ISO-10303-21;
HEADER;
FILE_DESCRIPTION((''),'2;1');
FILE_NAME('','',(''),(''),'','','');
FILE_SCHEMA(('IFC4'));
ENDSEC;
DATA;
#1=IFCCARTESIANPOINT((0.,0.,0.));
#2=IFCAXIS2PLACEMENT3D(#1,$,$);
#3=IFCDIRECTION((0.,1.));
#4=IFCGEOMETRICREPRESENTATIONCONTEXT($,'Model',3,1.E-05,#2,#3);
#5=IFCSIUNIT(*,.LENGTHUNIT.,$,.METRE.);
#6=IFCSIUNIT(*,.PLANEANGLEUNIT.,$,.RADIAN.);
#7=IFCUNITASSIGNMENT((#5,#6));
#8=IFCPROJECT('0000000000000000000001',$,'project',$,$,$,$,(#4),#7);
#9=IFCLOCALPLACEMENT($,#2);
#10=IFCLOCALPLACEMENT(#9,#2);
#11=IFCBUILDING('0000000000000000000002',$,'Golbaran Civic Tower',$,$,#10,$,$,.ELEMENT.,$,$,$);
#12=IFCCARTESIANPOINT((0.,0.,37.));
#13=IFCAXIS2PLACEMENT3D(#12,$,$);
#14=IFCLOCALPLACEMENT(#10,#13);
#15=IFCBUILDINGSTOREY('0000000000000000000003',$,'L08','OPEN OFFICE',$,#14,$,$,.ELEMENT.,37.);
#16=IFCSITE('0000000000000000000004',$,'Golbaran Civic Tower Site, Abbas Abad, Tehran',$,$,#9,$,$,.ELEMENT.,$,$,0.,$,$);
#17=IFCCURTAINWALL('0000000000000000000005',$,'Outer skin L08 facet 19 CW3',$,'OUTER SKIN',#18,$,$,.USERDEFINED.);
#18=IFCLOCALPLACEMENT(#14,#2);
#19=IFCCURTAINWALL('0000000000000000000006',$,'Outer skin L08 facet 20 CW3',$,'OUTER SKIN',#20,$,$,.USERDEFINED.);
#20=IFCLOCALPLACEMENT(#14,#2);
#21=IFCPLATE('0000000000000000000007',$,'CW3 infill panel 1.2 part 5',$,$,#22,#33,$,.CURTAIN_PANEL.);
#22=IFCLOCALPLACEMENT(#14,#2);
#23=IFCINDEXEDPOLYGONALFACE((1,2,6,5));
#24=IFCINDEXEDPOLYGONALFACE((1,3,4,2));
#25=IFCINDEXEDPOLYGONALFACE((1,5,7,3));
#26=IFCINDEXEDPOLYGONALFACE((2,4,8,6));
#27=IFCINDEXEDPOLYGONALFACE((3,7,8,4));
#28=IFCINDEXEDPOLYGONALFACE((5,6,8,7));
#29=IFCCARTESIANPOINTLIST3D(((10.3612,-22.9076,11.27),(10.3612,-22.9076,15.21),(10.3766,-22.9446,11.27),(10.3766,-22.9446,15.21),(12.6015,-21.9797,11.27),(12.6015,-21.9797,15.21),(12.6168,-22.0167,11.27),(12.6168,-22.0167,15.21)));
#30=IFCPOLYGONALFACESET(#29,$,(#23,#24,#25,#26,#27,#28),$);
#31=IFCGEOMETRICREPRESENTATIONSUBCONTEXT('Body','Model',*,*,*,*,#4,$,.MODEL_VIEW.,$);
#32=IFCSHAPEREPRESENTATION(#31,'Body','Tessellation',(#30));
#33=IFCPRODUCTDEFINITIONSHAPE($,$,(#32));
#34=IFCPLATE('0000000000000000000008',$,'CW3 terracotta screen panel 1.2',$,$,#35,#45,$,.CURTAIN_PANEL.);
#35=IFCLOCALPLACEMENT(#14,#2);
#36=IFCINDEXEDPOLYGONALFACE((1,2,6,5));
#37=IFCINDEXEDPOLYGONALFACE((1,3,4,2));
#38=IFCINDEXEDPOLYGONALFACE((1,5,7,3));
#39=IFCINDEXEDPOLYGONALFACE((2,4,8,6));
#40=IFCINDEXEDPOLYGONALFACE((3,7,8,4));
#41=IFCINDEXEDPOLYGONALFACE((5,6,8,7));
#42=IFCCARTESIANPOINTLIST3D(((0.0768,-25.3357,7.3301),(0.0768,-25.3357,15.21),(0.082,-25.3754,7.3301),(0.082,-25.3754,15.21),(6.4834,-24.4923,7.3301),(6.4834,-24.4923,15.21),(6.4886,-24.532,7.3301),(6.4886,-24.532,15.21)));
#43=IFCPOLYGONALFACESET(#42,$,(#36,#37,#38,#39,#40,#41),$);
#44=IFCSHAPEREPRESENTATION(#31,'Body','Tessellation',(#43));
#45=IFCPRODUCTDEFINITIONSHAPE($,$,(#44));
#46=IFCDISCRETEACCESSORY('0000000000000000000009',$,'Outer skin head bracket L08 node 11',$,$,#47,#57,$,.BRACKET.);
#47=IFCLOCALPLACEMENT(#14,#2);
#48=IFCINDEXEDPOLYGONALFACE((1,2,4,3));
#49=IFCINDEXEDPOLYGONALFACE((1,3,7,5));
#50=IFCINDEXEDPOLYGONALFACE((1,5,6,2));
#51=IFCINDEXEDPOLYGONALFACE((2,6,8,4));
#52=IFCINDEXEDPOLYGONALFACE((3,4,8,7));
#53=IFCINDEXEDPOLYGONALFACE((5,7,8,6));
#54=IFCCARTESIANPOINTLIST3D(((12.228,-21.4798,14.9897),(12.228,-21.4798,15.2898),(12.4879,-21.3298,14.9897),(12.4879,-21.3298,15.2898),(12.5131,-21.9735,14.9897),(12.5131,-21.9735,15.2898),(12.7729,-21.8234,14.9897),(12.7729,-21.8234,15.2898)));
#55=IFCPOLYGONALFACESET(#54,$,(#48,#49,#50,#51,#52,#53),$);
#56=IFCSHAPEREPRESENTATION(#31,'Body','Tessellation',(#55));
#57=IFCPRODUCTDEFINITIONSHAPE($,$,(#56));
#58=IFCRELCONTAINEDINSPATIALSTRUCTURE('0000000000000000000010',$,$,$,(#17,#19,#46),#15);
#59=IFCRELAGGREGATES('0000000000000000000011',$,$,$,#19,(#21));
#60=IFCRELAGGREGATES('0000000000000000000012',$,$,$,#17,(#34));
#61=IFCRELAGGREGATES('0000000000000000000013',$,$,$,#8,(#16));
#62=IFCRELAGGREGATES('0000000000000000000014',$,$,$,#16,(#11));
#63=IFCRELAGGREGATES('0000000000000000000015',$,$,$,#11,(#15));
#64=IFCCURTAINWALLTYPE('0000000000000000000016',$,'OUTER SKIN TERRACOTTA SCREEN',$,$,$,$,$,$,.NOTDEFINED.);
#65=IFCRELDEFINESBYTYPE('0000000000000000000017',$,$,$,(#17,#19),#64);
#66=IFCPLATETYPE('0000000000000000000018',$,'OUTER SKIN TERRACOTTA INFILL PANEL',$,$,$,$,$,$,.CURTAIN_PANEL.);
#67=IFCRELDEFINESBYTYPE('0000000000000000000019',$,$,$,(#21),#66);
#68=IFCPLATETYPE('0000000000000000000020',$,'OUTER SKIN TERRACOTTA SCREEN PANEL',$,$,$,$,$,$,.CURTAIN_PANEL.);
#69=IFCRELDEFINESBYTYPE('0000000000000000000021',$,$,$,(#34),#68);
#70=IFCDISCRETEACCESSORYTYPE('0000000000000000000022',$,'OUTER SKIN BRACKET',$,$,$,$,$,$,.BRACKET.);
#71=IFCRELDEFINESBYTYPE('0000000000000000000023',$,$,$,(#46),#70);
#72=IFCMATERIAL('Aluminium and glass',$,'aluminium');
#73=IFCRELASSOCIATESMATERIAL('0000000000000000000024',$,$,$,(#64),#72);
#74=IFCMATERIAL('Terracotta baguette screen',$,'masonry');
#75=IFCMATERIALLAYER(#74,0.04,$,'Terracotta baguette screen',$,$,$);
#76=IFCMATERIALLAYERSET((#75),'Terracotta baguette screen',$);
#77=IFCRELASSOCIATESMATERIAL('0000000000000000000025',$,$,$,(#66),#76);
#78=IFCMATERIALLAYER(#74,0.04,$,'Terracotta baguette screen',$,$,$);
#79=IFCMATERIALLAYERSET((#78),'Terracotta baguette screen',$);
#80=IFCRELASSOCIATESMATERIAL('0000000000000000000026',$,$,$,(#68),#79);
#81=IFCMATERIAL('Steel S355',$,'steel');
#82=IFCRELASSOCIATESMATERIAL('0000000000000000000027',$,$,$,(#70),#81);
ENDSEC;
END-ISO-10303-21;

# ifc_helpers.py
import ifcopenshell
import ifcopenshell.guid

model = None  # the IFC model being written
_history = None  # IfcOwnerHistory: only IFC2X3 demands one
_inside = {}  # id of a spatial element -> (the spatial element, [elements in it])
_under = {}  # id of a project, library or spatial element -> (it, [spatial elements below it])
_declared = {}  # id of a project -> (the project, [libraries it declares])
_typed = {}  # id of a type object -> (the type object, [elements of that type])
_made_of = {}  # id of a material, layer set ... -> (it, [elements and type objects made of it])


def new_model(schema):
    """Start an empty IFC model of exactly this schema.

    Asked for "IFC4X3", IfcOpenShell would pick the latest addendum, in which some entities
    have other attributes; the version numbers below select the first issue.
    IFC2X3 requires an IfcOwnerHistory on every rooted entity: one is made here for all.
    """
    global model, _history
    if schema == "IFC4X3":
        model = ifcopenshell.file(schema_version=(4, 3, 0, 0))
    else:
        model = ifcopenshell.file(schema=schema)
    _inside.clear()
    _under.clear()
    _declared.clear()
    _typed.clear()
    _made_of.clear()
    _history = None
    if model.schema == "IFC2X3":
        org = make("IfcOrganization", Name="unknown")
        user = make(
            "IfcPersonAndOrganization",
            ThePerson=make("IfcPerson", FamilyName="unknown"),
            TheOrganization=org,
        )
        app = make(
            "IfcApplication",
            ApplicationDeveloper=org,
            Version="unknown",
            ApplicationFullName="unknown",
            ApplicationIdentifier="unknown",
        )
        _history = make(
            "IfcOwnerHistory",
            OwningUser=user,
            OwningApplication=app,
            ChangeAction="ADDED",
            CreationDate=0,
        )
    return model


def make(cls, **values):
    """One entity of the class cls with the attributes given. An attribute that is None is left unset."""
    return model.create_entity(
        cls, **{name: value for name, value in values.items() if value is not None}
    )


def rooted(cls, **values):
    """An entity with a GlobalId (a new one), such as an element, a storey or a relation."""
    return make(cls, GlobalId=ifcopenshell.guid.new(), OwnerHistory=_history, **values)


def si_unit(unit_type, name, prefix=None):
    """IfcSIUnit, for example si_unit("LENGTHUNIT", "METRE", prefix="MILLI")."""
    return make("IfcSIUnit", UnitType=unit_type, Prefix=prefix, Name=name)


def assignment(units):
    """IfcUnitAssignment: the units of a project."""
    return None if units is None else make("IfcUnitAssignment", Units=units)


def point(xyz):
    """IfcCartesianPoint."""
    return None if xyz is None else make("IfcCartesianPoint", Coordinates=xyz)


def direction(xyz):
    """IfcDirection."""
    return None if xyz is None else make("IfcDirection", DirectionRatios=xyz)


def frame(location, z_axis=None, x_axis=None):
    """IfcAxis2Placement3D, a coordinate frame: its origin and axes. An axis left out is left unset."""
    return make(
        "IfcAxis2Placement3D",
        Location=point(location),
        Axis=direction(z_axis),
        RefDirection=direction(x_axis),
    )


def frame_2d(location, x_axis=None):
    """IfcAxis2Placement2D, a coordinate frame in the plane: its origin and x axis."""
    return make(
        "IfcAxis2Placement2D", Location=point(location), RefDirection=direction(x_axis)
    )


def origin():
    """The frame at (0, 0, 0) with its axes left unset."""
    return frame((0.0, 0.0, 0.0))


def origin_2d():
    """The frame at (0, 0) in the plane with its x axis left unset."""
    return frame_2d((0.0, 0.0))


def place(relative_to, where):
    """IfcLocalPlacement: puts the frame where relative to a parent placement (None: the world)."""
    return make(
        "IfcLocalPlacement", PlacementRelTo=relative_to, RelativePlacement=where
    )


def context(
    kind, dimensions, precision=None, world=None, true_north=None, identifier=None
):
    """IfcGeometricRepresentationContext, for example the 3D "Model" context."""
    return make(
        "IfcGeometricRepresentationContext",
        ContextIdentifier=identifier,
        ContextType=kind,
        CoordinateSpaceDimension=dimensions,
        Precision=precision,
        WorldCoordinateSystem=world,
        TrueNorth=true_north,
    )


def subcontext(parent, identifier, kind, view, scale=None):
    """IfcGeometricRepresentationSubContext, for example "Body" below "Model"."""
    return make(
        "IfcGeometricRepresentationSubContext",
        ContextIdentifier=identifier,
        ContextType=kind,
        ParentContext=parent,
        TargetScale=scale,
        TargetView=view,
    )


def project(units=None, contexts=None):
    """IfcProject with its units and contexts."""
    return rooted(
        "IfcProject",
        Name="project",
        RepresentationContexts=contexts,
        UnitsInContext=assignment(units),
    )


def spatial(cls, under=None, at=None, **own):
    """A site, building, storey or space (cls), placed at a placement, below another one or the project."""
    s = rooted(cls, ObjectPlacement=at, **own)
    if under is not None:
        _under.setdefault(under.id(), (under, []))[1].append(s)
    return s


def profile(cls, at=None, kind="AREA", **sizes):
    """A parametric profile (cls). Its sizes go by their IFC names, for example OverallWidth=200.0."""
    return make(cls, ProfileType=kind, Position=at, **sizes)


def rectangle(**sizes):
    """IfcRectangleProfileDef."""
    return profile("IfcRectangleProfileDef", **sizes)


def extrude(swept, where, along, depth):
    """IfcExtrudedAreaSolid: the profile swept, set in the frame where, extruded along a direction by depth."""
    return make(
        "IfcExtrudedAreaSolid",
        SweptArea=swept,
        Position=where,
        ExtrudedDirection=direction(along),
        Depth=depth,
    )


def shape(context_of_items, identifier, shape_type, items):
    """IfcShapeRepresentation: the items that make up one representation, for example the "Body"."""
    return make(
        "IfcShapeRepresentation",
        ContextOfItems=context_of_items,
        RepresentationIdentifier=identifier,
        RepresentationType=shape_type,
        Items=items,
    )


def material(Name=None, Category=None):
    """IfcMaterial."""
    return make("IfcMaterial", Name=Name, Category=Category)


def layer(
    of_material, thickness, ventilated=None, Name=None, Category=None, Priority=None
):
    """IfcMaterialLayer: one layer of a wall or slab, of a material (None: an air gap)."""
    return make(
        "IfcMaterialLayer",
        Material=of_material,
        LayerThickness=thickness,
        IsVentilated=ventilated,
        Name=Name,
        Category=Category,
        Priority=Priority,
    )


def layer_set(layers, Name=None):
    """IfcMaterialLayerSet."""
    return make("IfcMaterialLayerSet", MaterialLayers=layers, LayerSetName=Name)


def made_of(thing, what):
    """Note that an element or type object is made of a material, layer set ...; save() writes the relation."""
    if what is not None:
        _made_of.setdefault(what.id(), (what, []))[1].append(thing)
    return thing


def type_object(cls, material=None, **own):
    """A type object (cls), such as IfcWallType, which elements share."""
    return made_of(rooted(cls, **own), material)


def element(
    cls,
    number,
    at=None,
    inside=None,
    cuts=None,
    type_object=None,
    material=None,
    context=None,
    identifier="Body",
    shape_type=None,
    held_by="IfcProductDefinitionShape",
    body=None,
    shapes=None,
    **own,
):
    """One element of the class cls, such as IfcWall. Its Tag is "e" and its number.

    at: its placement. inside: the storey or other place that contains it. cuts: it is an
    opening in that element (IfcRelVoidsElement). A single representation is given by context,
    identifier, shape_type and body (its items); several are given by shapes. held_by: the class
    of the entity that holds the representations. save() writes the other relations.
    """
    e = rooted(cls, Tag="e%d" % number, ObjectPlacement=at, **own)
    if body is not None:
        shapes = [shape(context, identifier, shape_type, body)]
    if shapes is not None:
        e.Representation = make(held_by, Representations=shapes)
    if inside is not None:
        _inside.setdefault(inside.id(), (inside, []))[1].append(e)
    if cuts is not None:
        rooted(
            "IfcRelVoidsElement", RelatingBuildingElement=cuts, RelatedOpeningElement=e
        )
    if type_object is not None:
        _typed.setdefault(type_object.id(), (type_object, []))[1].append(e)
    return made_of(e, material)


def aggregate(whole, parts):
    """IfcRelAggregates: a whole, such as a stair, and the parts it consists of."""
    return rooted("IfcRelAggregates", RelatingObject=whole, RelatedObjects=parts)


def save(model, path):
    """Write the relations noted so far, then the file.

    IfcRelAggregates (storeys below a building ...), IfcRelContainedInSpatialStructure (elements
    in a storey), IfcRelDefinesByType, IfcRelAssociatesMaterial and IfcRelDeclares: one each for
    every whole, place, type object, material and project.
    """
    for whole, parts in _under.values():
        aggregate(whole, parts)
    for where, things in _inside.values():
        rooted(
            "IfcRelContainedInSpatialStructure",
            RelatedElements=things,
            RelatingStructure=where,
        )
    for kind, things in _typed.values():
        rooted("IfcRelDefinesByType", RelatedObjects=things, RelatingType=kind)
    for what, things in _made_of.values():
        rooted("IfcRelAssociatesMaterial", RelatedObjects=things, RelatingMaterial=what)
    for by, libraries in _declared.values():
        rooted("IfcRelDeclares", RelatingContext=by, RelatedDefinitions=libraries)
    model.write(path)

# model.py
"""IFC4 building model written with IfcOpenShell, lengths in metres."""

from ifc_helpers import new_model, si_unit, direction, frame, origin, origin_2d, place, context, subcontext, project, spatial, rectangle, extrude, material, layer, layer_set, type_object, element, aggregate, save


model = new_model("IFC4")

# Units and contexts
model_context = context("Model", 3, precision=1e-05, world=origin(), true_north=direction((0.0, 1.0)))
body_context = subcontext(model_context, "Body", "Model", "MODEL_VIEW")
ifc_project = project(units=[si_unit("LENGTHUNIT", "METRE"), si_unit("PLANEANGLEUNIT", "RADIAN")], contexts=[model_context])

# Site, building, storey
site_placement = place(None, origin())
site = spatial("IfcSite", under=ifc_project, at=site_placement, Name="Golbaran Civic Tower Site, Abbas Abad, Tehran", CompositionType="ELEMENT", RefElevation=0.0)
building_placement = place(site_placement, origin())
building = spatial("IfcBuilding", under=site, at=building_placement, Name="Golbaran Civic Tower", CompositionType="ELEMENT")
storey_placement = place(building_placement, frame((0.0, 0.0, 37.0)))
storey = spatial("IfcBuildingStorey", under=building, at=storey_placement, Name="L08", Description="OPEN OFFICE", CompositionType="ELEMENT", Elevation=37.0)

# Curtain walls
ifc_material_1 = material(Name="Aluminium and glass", Category="aluminium")
curtain_wall_type_1 = type_object("IfcCurtainWallType", Name="OUTER SKIN TERRACOTTA SCREEN", PredefinedType="NOTDEFINED", material=ifc_material_1)
curtain_wall_1_placement = place(storey_placement, origin())
curtain_wall_1 = element("IfcCurtainWall", 1, at=curtain_wall_1_placement, inside=storey, type_object=curtain_wall_type_1, Name="Outer skin L08 facet 19 CW3", ObjectType="OUTER SKIN", PredefinedType="USERDEFINED")
curtain_wall_2_placement = place(storey_placement, origin())
curtain_wall_2 = element("IfcCurtainWall", 2, at=curtain_wall_2_placement, inside=storey, type_object=curtain_wall_type_1, Name="Outer skin L08 facet 20 CW3", ObjectType="OUTER SKIN", PredefinedType="USERDEFINED")

# Plates
ifc_material_2 = material(Name="Terracotta baguette screen", Category="masonry")
ifc_layer_1 = layer(ifc_material_2, 0.04, Name="Terracotta baguette screen")
ifc_layer_set_1 = layer_set([ifc_layer_1], Name="Terracotta baguette screen")
plate_type_1 = type_object("IfcPlateType", Name="OUTER SKIN TERRACOTTA INFILL PANEL", PredefinedType="CURTAIN_PANEL", material=ifc_layer_set_1)
plate_1_placement = place(storey_placement, frame((11.489, -22.4622, 11.27), z_axis=(0.0, 0.0, 1.0), x_axis=(0.92388, 0.382683, 0.0)))
plate_1 = element("IfcPlate", 3, at=plate_1_placement, type_object=plate_type_1, Name="CW3 infill panel 1.2 part 5", PredefinedType="CURTAIN_PANEL", context=body_context, shape_type="SweptSolid", body=[
    extrude(rectangle(XDim=2.4248, YDim=0.04, at=origin_2d()), origin(), (0.0, 0.0, 1.0), 3.9399),
])
aggregate(curtain_wall_2, [plate_1])
ifc_layer_2 = layer(ifc_material_2, 0.04, Name="Terracotta baguette screen")
ifc_layer_set_2 = layer_set([ifc_layer_2], Name="Terracotta baguette screen")
plate_type_2 = type_object("IfcPlateType", Name="OUTER SKIN TERRACOTTA SCREEN PANEL", PredefinedType="CURTAIN_PANEL", material=ifc_layer_set_2)
plate_2_placement = place(storey_placement, frame((3.2827, -24.9338, 7.3301), z_axis=(0.0, 0.0, 1.0), x_axis=(0.991445, 0.130526, 0.0)))
plate_2 = element("IfcPlate", 4, at=plate_2_placement, type_object=plate_type_2, Name="CW3 terracotta screen panel 1.2", PredefinedType="CURTAIN_PANEL", context=body_context, shape_type="SweptSolid", body=[
    extrude(rectangle(XDim=6.4619, YDim=0.04, at=origin_2d()), origin(), (0.0, 0.0, 1.0), 7.8799),
])
aggregate(curtain_wall_1, [plate_2])

# Discrete accessory
ifc_material_3 = material(Name="Steel S355", Category="steel")
discrete_accessory_type = type_object("IfcDiscreteAccessoryType", Name="OUTER SKIN BRACKET", PredefinedType="BRACKET", material=ifc_material_3)
discrete_accessory_placement = place(storey_placement, frame((12.5005, -21.6516, 14.9897), z_axis=(0.0, 0.0, 1.0), x_axis=(0.5, -0.866025, 0.0)))
element("IfcDiscreteAccessory", 5, at=discrete_accessory_placement, inside=storey, type_object=discrete_accessory_type, Name="Outer skin head bracket L08 node 11", PredefinedType="BRACKET", context=body_context, shape_type="SweptSolid", body=[
    extrude(rectangle(XDim=0.5701, YDim=0.3, at=origin_2d()), origin(), (0.0, 0.0, 1.0), 0.3),
])

save(model, "model.ifc")
